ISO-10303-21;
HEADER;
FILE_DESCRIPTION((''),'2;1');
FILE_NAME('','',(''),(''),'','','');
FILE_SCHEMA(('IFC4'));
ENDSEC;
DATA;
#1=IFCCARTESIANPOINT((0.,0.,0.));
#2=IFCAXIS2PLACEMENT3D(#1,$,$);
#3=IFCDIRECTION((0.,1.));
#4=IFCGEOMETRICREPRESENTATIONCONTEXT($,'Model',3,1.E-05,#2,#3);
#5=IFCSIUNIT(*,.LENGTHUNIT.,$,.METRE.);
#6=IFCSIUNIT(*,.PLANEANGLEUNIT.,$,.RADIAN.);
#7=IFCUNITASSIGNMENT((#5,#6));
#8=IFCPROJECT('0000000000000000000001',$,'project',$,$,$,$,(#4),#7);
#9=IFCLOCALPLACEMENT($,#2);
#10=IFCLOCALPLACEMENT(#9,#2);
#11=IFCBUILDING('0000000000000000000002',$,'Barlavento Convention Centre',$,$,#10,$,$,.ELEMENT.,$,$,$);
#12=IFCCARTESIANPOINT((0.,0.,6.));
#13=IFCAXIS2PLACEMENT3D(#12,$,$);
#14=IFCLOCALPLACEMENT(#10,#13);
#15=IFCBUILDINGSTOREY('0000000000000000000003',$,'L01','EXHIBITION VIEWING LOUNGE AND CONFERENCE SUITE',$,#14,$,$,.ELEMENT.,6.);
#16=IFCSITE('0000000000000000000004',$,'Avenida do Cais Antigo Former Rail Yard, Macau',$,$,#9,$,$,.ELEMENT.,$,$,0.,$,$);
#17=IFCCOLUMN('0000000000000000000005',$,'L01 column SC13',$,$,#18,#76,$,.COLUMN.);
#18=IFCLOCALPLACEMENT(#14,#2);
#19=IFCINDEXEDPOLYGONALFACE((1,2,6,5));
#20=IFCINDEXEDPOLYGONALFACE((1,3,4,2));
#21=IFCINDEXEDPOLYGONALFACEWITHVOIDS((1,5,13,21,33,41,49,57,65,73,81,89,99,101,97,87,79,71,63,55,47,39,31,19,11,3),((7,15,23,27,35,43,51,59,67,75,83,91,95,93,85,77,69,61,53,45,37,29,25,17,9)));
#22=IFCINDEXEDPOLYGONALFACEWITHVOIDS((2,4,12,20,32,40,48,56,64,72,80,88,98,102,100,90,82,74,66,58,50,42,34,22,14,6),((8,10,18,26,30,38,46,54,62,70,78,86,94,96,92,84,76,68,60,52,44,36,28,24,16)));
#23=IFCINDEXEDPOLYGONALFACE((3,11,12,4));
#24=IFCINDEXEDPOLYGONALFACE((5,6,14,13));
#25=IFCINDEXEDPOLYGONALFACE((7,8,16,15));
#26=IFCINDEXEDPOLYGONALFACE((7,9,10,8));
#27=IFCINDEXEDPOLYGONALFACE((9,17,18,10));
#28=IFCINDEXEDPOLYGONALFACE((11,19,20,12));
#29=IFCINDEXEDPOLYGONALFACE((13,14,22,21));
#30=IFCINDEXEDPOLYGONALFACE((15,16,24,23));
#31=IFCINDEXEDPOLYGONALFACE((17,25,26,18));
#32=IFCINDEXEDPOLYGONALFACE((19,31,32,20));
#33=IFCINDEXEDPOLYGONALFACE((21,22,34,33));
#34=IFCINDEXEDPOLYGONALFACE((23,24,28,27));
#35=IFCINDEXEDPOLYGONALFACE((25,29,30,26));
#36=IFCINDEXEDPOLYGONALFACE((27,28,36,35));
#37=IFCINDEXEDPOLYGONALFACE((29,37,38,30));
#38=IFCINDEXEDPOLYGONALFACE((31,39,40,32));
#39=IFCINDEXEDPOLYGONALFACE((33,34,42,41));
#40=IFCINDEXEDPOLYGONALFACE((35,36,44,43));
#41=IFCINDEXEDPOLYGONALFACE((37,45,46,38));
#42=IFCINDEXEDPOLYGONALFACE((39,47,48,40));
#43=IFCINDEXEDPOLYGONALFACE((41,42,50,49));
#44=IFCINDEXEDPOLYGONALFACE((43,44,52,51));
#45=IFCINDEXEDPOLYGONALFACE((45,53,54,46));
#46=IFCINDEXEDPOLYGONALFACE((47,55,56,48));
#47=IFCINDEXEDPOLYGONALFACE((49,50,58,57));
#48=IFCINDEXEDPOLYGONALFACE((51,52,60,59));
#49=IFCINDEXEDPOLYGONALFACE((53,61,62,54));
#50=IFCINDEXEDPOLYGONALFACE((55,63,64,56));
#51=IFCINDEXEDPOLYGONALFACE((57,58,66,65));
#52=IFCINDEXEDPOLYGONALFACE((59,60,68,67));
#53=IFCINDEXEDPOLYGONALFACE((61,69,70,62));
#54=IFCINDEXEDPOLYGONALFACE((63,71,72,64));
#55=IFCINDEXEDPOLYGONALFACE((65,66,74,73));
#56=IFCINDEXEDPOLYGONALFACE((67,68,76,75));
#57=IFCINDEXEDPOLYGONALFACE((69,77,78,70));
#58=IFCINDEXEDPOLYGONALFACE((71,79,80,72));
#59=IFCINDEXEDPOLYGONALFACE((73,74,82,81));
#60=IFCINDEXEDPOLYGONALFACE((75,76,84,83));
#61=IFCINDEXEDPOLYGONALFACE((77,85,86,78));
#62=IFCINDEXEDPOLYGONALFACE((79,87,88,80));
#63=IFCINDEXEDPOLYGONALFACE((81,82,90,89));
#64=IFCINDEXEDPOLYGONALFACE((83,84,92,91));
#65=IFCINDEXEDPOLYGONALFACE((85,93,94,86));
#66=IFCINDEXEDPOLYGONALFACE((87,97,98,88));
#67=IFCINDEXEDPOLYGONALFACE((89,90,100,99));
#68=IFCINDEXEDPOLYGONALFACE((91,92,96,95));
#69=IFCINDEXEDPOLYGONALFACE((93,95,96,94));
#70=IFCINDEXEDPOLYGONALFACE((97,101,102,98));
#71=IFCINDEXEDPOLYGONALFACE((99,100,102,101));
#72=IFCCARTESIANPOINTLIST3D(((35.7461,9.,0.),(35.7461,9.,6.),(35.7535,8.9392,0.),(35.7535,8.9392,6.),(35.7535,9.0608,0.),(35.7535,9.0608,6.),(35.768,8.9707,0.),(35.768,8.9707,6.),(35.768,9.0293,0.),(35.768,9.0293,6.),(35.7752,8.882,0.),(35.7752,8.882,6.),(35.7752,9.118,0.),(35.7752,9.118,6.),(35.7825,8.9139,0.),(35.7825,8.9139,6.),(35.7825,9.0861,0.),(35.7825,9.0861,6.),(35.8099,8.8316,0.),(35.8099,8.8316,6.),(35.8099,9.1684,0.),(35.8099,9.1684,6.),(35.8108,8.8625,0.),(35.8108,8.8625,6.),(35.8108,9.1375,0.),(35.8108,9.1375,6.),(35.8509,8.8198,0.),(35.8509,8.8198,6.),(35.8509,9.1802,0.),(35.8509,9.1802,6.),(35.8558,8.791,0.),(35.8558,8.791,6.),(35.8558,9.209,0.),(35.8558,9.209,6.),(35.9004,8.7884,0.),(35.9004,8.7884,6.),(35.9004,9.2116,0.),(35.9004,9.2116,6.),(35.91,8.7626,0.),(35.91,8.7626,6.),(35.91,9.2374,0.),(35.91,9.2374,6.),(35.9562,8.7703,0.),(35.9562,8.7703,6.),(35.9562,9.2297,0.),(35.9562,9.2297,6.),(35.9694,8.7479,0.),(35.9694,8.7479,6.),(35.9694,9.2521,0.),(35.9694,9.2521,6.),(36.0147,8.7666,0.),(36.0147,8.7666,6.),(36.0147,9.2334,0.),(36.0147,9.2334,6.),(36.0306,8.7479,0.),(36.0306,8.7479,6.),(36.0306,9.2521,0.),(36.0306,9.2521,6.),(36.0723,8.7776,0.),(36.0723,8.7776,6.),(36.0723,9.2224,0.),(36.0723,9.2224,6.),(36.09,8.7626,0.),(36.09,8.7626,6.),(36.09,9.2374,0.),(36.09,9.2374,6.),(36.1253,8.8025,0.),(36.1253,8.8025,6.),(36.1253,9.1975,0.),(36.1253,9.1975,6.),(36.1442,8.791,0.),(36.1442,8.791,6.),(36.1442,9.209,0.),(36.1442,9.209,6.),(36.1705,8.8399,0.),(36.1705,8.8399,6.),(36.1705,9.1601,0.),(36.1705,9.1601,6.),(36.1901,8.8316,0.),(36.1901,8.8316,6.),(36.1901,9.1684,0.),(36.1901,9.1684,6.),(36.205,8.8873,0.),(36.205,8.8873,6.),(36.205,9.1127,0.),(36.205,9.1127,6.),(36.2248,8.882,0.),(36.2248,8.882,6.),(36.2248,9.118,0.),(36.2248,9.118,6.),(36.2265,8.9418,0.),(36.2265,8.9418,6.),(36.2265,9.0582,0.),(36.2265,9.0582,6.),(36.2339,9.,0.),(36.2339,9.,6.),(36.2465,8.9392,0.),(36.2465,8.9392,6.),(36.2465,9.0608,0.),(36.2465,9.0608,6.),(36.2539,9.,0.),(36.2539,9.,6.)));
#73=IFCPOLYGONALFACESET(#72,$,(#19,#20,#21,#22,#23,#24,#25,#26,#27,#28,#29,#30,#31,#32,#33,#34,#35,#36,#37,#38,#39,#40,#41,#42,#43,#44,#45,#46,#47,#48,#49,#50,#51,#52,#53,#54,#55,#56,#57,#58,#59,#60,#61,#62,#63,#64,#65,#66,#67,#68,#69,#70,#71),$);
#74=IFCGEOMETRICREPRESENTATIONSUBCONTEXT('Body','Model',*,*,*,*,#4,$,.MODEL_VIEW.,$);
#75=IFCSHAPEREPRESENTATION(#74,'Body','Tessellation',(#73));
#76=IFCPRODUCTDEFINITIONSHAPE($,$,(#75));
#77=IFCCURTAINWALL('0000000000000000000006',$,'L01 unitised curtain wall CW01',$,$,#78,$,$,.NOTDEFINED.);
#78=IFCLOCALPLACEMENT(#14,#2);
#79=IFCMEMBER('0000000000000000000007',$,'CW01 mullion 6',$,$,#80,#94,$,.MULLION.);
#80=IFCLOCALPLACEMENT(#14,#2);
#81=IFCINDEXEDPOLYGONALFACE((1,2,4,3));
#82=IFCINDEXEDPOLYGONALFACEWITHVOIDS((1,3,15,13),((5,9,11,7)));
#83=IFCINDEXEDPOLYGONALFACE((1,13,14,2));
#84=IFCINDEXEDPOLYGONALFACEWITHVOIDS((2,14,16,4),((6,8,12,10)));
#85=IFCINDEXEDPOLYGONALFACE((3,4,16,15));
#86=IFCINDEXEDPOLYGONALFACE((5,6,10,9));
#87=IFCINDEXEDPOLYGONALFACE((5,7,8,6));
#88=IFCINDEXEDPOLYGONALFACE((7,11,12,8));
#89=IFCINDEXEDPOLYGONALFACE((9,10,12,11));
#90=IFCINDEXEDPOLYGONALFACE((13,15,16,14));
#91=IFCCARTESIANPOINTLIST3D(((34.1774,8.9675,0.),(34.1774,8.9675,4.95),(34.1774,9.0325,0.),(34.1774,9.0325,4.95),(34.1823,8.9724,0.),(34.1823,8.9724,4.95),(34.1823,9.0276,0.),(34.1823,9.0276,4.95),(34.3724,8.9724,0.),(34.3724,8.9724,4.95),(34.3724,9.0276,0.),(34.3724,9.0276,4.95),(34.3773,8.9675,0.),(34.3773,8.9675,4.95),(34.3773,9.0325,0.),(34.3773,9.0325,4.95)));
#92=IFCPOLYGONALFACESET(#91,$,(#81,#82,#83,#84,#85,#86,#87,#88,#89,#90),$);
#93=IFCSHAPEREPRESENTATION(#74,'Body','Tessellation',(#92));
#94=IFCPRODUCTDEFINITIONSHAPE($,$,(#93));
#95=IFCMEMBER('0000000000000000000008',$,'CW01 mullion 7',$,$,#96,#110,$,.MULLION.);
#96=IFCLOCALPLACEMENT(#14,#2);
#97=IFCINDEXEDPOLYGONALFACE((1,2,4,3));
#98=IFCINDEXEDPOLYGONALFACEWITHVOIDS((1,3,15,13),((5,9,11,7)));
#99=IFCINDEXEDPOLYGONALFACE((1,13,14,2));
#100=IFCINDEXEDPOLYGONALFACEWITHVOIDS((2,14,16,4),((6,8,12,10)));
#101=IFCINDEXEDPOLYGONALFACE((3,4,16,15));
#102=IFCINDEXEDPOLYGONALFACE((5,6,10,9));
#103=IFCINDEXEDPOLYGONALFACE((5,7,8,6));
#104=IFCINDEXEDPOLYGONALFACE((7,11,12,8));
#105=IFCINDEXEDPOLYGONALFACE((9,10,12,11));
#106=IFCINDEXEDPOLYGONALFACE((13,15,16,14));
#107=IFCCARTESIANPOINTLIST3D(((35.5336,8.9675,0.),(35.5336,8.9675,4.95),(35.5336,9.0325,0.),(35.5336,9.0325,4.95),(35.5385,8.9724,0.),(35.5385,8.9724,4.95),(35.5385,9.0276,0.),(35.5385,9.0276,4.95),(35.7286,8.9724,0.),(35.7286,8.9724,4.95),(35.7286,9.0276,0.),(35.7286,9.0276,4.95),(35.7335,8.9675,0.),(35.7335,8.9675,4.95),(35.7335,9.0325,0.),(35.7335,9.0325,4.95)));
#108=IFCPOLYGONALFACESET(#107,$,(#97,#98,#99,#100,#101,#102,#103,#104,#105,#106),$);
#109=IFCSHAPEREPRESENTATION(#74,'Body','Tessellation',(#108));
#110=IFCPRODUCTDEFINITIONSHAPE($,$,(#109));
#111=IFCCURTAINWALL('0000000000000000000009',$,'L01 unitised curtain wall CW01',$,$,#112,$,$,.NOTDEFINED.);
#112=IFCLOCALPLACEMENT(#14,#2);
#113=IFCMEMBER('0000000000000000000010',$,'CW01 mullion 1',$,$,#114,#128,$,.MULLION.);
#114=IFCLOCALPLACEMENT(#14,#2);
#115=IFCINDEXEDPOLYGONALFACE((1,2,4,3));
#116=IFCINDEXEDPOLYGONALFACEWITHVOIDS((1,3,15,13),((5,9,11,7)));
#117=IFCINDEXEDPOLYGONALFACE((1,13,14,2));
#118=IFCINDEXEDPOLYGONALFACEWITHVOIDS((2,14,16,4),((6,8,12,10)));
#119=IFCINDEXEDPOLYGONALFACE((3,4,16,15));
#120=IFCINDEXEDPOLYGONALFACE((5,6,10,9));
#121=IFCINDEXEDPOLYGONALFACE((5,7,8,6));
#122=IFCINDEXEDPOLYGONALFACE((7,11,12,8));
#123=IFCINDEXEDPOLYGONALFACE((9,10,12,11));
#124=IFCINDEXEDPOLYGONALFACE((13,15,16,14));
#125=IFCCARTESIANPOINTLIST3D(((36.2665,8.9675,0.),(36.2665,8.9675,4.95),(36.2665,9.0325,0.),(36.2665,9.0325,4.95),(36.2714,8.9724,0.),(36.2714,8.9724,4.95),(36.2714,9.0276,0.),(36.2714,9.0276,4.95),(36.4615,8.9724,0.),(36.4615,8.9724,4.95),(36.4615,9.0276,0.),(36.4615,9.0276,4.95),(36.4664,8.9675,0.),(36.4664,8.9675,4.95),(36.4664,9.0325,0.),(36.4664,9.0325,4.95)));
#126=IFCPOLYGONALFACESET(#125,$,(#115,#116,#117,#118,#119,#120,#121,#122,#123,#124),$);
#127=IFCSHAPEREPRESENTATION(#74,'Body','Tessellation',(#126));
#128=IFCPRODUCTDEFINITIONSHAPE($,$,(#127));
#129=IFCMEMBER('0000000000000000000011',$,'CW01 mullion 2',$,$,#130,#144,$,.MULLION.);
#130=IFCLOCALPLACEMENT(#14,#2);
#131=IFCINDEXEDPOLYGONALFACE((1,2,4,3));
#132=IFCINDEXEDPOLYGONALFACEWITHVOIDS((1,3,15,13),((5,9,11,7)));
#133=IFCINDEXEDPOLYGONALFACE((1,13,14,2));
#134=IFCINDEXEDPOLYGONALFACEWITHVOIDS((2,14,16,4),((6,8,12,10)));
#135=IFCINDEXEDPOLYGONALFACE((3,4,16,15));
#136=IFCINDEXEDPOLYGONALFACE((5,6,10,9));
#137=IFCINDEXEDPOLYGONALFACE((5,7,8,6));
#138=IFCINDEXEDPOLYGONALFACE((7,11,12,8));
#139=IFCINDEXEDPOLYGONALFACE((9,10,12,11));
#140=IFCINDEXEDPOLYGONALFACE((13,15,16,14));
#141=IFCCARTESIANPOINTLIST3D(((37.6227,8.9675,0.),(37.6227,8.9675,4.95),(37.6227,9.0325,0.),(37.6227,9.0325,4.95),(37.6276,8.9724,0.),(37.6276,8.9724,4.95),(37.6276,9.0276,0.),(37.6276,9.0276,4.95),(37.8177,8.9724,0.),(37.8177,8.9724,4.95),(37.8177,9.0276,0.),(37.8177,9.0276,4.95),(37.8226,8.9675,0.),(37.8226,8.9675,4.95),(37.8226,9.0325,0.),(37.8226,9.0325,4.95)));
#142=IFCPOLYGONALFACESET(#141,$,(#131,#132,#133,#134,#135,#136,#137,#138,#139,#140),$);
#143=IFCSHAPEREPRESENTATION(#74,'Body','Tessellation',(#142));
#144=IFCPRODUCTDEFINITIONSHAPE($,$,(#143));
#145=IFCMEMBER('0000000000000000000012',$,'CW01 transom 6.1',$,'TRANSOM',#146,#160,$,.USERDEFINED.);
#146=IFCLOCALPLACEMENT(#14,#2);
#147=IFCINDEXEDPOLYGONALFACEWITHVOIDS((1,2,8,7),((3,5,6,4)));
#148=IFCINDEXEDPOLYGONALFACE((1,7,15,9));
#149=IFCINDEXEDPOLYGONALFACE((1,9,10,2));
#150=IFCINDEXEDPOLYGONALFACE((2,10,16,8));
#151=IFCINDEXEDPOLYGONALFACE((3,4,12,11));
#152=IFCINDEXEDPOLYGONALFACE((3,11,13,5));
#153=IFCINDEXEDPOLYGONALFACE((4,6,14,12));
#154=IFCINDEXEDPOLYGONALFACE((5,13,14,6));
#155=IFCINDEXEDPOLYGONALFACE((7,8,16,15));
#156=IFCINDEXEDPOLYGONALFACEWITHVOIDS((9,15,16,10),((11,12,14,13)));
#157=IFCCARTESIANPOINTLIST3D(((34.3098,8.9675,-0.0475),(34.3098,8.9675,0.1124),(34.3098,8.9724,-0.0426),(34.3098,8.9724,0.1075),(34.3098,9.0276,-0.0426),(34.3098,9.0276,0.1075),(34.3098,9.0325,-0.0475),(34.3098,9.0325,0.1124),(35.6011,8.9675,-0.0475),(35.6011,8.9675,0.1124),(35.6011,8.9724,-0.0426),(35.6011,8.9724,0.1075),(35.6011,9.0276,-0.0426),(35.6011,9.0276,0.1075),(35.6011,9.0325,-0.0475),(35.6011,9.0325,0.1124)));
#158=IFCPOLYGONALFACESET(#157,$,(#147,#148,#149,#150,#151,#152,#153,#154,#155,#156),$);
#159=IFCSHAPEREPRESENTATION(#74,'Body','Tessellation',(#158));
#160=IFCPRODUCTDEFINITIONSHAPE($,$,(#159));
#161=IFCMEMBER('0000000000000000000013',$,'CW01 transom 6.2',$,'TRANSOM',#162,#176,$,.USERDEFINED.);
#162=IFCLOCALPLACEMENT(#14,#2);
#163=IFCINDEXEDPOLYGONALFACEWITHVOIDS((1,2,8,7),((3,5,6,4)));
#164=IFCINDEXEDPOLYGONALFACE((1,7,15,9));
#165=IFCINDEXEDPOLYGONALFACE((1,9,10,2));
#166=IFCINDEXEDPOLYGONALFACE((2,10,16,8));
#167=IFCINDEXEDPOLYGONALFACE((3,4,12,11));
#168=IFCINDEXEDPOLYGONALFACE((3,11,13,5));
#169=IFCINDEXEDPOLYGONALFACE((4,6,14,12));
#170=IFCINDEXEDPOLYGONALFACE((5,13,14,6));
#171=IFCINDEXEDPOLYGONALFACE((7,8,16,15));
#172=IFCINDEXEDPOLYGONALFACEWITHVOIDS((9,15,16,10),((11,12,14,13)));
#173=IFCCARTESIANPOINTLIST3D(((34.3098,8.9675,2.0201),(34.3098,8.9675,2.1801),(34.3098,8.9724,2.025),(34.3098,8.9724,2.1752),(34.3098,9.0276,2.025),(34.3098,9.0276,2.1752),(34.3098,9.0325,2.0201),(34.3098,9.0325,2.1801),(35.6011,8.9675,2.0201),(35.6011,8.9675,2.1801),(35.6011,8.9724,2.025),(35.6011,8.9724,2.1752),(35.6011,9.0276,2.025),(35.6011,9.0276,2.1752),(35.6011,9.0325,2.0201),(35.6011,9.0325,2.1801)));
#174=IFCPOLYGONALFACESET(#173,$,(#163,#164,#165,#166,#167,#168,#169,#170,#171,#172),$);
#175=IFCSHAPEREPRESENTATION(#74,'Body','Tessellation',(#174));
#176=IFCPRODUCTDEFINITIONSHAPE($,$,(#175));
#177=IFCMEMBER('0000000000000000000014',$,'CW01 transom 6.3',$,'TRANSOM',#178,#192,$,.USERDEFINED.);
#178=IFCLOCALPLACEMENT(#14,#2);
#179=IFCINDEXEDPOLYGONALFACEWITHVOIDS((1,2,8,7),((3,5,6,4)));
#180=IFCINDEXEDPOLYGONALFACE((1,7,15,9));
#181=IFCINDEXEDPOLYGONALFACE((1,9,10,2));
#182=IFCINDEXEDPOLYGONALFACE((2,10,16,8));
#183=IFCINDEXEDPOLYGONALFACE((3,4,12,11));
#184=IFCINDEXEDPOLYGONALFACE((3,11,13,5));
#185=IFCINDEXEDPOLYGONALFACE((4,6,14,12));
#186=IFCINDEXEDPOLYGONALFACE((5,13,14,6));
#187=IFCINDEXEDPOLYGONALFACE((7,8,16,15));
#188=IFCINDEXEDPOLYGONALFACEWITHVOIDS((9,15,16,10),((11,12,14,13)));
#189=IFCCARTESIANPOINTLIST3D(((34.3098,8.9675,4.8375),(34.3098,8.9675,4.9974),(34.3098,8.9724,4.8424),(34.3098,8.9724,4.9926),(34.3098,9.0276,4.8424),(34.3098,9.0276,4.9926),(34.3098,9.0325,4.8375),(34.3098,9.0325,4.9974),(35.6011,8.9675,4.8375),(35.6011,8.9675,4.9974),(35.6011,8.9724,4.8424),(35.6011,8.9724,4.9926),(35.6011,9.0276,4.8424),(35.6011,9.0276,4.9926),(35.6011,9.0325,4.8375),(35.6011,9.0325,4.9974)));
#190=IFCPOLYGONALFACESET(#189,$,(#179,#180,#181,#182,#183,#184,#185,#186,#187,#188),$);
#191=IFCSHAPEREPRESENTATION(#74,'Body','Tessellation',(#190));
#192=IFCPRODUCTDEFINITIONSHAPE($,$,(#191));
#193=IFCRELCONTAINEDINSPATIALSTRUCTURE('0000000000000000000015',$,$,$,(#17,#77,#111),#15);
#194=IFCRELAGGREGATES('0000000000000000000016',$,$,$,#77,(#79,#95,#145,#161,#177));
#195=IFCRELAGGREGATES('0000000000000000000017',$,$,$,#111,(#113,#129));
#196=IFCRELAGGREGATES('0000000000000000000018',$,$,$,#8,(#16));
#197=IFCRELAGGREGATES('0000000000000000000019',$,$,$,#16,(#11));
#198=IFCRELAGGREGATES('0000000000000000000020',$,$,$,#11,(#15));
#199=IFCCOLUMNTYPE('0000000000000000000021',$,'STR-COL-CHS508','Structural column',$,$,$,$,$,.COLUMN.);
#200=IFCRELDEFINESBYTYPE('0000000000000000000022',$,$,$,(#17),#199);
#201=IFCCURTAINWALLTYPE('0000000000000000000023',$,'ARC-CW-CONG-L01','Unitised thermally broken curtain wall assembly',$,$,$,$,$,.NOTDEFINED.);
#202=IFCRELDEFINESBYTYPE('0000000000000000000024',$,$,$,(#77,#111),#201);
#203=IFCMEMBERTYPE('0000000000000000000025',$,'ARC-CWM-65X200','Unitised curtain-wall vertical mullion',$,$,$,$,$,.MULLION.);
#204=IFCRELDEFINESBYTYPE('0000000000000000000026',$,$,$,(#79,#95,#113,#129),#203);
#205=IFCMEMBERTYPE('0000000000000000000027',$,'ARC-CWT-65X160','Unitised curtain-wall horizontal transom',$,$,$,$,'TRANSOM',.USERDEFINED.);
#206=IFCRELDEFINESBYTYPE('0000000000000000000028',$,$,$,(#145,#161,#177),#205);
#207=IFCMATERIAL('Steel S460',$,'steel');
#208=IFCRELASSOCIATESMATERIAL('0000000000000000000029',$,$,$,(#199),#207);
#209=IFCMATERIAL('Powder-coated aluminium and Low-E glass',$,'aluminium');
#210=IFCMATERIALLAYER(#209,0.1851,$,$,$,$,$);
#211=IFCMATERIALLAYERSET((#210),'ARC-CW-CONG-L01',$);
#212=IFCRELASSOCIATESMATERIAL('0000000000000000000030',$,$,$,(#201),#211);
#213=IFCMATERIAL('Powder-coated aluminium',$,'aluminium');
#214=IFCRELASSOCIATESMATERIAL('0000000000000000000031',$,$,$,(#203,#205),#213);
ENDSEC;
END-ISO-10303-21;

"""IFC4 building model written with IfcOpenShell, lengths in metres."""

from ifc_helpers import new_model, si_unit, direction, frame, origin, origin_2d, place, context, subcontext, project, spatial, hollow_rectangle, hollow_circle, extrude, material, layer, layer_set, material_profile, profile_set, type_object, element, aggregate, save


model = new_model("IFC4")

# Units and contexts
model_context = context("Model", 3, precision=1e-05, world=origin(), true_north=direction((0.0, 1.0)))
body_context = subcontext(model_context, "Body", "Model", "MODEL_VIEW")
ifc_project = project(units=[si_unit("LENGTHUNIT", "METRE"), si_unit("PLANEANGLEUNIT", "RADIAN")], contexts=[model_context])

# Site, building, storey
site_placement = place(None, origin())
site = spatial("IfcSite", under=ifc_project, at=site_placement, Name="Avenida do Cais Antigo Former Rail Yard, Macau", CompositionType="ELEMENT", RefElevation=0.0)
building_placement = place(site_placement, origin())
building = spatial("IfcBuilding", under=site, at=building_placement, Name="Barlavento Convention Centre", CompositionType="ELEMENT")
storey_placement = place(building_placement, frame((0.0, 0.0, 6.0)))
storey = spatial("IfcBuildingStorey", under=building, at=storey_placement, Name="L01", Description="EXHIBITION VIEWING LOUNGE AND CONFERENCE SUITE", CompositionType="ELEMENT", Elevation=6.0)

# Column
ifc_material_1 = material(Name="Steel S460", Category="steel")
ifc_material_profile_1 = material_profile(ifc_material_1, hollow_circle(Radius=0.2539, WallThickness=0.02, at=origin_2d()), Name="CHS 508.0x20.0")
ifc_profile_set_1 = profile_set([ifc_material_profile_1], Name="Steel S460")
column_type = type_object("IfcColumnType", Name="STR-COL-CHS508", Description="Structural column", PredefinedType="COLUMN", material=ifc_profile_set_1)
column_placement = place(storey_placement, frame((36.0, 9.0, 0.0), z_axis=(0.0, 0.0, 1.0), x_axis=(1.0, 0.0, 0.0)))
element("IfcColumn", 1, at=column_placement, inside=storey, type_object=column_type, Name="L01 column SC13", PredefinedType="COLUMN", context=body_context, shape_type="SweptSolid", body=[
    extrude(hollow_circle(Radius=0.2539, WallThickness=0.02, at=origin_2d()), origin(), (0.0, 0.0, 1.0), 6.0),
])

# Curtain walls, members
ifc_material_2 = material(Name="Powder-coated aluminium and Low-E glass", Category="aluminium")
ifc_layer_1 = layer(ifc_material_2, 0.1851)
ifc_layer_set_1 = layer_set([ifc_layer_1], Name="ARC-CW-CONG-L01")
curtain_wall_type = type_object("IfcCurtainWallType", Name="ARC-CW-CONG-L01", Description="Unitised thermally broken curtain wall assembly", PredefinedType="NOTDEFINED", material=ifc_layer_set_1)
curtain_wall_1_placement = place(storey_placement, origin())
curtain_wall_1 = element("IfcCurtainWall", 2, at=curtain_wall_1_placement, inside=storey, type_object=curtain_wall_type, Name="L01 unitised curtain wall CW01", PredefinedType="NOTDEFINED")
ifc_material_3 = material(Name="Powder-coated aluminium", Category="aluminium")
ifc_material_profile_2 = material_profile(ifc_material_3, hollow_rectangle(XDim=0.0649, YDim=0.2, WallThickness=0.0049, at=origin_2d()), Name="AL-MULL 65x200x5")
ifc_profile_set_2 = profile_set([ifc_material_profile_2], Name="Powder-coated aluminium")
member_type_1 = type_object("IfcMemberType", Name="ARC-CWM-65X200", Description="Unitised curtain-wall vertical mullion", PredefinedType="MULLION", material=ifc_profile_set_2)
member_1_placement = place(storey_placement, frame((34.2773, 9.0, 0.0), z_axis=(0.0, 0.0, 1.0), x_axis=(0.0, 1.0, 0.0)))
member_1 = element("IfcMember", 3, at=member_1_placement, type_object=member_type_1, Name="CW01 mullion 6", PredefinedType="MULLION", context=body_context, shape_type="SweptSolid", body=[
    extrude(hollow_rectangle(XDim=0.0649, YDim=0.2, WallThickness=0.0049, at=origin_2d()), origin(), (0.0, 0.0, 1.0), 4.95),
])
member_2_placement = place(storey_placement, frame((35.6335, 9.0, 0.0), z_axis=(0.0, 0.0, 1.0), x_axis=(0.0, 1.0, 0.0)))
member_2 = element("IfcMember", 4, at=member_2_placement, type_object=member_type_1, Name="CW01 mullion 7", PredefinedType="MULLION", context=body_context, shape_type="SweptSolid", body=[
    extrude(hollow_rectangle(XDim=0.0649, YDim=0.2, WallThickness=0.0049, at=origin_2d()), origin(), (0.0, 0.0, 1.0), 4.95),
])
curtain_wall_2_placement = place(storey_placement, origin())
curtain_wall_2 = element("IfcCurtainWall", 5, at=curtain_wall_2_placement, inside=storey, type_object=curtain_wall_type, Name="L01 unitised curtain wall CW01", PredefinedType="NOTDEFINED")
member_3_placement = place(storey_placement, frame((36.3665, 9.0, 0.0), z_axis=(0.0, 0.0, 1.0), x_axis=(0.0, 1.0, 0.0)))
member_3 = element("IfcMember", 6, at=member_3_placement, type_object=member_type_1, Name="CW01 mullion 1", PredefinedType="MULLION", context=body_context, shape_type="SweptSolid", body=[
    extrude(hollow_rectangle(XDim=0.0649, YDim=0.2, WallThickness=0.0049, at=origin_2d()), origin(), (0.0, 0.0, 1.0), 4.95),
])
member_4_placement = place(storey_placement, frame((37.7227, 9.0, 0.0), z_axis=(0.0, 0.0, 1.0), x_axis=(0.0, 1.0, 0.0)))
member_4 = element("IfcMember", 7, at=member_4_placement, type_object=member_type_1, Name="CW01 mullion 2", PredefinedType="MULLION", context=body_context, shape_type="SweptSolid", body=[
    extrude(hollow_rectangle(XDim=0.0649, YDim=0.2, WallThickness=0.0049, at=origin_2d()), origin(), (0.0, 0.0, 1.0), 4.95),
])

# Members
ifc_material_profile_3 = material_profile(ifc_material_3, hollow_rectangle(XDim=0.0649, YDim=0.1599, WallThickness=0.0049, at=origin_2d()), Name="AL-TRAN 65x160x5")
ifc_profile_set_3 = profile_set([ifc_material_profile_3], Name="Powder-coated aluminium")
member_type_2 = type_object("IfcMemberType", Name="ARC-CWT-65X160", Description="Unitised curtain-wall horizontal transom", ElementType="TRANSOM", PredefinedType="USERDEFINED", material=ifc_profile_set_3)
member_5_placement = place(storey_placement, frame((34.3098, 9.0, 0.0325), z_axis=(1.0, 0.0, 0.0), x_axis=(0.0, 1.0, 0.0)))
member_5 = element("IfcMember", 8, at=member_5_placement, type_object=member_type_2, Name="CW01 transom 6.1", ObjectType="TRANSOM", PredefinedType="USERDEFINED", context=body_context, shape_type="SweptSolid", body=[
    extrude(hollow_rectangle(XDim=0.0649, YDim=0.1599, WallThickness=0.0049, at=origin_2d()), origin(), (0.0, 0.0, 1.0), 1.2913),
])
member_6_placement = place(storey_placement, frame((34.3098, 9.0, 2.1001), z_axis=(1.0, 0.0, 0.0), x_axis=(0.0, 1.0, 0.0)))
member_6 = element("IfcMember", 9, at=member_6_placement, type_object=member_type_2, Name="CW01 transom 6.2", ObjectType="TRANSOM", PredefinedType="USERDEFINED", context=body_context, shape_type="SweptSolid", body=[
    extrude(hollow_rectangle(XDim=0.0649, YDim=0.1599, WallThickness=0.0049, at=origin_2d()), origin(), (0.0, 0.0, 1.0), 1.2913),
])
member_7_placement = place(storey_placement, frame((34.3098, 9.0, 4.9175), z_axis=(1.0, 0.0, 0.0), x_axis=(0.0, 1.0, 0.0)))
member_7 = element("IfcMember", 10, at=member_7_placement, type_object=member_type_2, Name="CW01 transom 6.3", ObjectType="TRANSOM", PredefinedType="USERDEFINED", context=body_context, shape_type="SweptSolid", body=[
    extrude(hollow_rectangle(XDim=0.0649, YDim=0.1599, WallThickness=0.0049, at=origin_2d()), origin(), (0.0, 0.0, 1.0), 1.2913),
])

aggregate(curtain_wall_1, [member_1, member_2, member_5, member_6, member_7])
aggregate(curtain_wall_2, [member_3, member_4])

save(model, "model.ifc")
